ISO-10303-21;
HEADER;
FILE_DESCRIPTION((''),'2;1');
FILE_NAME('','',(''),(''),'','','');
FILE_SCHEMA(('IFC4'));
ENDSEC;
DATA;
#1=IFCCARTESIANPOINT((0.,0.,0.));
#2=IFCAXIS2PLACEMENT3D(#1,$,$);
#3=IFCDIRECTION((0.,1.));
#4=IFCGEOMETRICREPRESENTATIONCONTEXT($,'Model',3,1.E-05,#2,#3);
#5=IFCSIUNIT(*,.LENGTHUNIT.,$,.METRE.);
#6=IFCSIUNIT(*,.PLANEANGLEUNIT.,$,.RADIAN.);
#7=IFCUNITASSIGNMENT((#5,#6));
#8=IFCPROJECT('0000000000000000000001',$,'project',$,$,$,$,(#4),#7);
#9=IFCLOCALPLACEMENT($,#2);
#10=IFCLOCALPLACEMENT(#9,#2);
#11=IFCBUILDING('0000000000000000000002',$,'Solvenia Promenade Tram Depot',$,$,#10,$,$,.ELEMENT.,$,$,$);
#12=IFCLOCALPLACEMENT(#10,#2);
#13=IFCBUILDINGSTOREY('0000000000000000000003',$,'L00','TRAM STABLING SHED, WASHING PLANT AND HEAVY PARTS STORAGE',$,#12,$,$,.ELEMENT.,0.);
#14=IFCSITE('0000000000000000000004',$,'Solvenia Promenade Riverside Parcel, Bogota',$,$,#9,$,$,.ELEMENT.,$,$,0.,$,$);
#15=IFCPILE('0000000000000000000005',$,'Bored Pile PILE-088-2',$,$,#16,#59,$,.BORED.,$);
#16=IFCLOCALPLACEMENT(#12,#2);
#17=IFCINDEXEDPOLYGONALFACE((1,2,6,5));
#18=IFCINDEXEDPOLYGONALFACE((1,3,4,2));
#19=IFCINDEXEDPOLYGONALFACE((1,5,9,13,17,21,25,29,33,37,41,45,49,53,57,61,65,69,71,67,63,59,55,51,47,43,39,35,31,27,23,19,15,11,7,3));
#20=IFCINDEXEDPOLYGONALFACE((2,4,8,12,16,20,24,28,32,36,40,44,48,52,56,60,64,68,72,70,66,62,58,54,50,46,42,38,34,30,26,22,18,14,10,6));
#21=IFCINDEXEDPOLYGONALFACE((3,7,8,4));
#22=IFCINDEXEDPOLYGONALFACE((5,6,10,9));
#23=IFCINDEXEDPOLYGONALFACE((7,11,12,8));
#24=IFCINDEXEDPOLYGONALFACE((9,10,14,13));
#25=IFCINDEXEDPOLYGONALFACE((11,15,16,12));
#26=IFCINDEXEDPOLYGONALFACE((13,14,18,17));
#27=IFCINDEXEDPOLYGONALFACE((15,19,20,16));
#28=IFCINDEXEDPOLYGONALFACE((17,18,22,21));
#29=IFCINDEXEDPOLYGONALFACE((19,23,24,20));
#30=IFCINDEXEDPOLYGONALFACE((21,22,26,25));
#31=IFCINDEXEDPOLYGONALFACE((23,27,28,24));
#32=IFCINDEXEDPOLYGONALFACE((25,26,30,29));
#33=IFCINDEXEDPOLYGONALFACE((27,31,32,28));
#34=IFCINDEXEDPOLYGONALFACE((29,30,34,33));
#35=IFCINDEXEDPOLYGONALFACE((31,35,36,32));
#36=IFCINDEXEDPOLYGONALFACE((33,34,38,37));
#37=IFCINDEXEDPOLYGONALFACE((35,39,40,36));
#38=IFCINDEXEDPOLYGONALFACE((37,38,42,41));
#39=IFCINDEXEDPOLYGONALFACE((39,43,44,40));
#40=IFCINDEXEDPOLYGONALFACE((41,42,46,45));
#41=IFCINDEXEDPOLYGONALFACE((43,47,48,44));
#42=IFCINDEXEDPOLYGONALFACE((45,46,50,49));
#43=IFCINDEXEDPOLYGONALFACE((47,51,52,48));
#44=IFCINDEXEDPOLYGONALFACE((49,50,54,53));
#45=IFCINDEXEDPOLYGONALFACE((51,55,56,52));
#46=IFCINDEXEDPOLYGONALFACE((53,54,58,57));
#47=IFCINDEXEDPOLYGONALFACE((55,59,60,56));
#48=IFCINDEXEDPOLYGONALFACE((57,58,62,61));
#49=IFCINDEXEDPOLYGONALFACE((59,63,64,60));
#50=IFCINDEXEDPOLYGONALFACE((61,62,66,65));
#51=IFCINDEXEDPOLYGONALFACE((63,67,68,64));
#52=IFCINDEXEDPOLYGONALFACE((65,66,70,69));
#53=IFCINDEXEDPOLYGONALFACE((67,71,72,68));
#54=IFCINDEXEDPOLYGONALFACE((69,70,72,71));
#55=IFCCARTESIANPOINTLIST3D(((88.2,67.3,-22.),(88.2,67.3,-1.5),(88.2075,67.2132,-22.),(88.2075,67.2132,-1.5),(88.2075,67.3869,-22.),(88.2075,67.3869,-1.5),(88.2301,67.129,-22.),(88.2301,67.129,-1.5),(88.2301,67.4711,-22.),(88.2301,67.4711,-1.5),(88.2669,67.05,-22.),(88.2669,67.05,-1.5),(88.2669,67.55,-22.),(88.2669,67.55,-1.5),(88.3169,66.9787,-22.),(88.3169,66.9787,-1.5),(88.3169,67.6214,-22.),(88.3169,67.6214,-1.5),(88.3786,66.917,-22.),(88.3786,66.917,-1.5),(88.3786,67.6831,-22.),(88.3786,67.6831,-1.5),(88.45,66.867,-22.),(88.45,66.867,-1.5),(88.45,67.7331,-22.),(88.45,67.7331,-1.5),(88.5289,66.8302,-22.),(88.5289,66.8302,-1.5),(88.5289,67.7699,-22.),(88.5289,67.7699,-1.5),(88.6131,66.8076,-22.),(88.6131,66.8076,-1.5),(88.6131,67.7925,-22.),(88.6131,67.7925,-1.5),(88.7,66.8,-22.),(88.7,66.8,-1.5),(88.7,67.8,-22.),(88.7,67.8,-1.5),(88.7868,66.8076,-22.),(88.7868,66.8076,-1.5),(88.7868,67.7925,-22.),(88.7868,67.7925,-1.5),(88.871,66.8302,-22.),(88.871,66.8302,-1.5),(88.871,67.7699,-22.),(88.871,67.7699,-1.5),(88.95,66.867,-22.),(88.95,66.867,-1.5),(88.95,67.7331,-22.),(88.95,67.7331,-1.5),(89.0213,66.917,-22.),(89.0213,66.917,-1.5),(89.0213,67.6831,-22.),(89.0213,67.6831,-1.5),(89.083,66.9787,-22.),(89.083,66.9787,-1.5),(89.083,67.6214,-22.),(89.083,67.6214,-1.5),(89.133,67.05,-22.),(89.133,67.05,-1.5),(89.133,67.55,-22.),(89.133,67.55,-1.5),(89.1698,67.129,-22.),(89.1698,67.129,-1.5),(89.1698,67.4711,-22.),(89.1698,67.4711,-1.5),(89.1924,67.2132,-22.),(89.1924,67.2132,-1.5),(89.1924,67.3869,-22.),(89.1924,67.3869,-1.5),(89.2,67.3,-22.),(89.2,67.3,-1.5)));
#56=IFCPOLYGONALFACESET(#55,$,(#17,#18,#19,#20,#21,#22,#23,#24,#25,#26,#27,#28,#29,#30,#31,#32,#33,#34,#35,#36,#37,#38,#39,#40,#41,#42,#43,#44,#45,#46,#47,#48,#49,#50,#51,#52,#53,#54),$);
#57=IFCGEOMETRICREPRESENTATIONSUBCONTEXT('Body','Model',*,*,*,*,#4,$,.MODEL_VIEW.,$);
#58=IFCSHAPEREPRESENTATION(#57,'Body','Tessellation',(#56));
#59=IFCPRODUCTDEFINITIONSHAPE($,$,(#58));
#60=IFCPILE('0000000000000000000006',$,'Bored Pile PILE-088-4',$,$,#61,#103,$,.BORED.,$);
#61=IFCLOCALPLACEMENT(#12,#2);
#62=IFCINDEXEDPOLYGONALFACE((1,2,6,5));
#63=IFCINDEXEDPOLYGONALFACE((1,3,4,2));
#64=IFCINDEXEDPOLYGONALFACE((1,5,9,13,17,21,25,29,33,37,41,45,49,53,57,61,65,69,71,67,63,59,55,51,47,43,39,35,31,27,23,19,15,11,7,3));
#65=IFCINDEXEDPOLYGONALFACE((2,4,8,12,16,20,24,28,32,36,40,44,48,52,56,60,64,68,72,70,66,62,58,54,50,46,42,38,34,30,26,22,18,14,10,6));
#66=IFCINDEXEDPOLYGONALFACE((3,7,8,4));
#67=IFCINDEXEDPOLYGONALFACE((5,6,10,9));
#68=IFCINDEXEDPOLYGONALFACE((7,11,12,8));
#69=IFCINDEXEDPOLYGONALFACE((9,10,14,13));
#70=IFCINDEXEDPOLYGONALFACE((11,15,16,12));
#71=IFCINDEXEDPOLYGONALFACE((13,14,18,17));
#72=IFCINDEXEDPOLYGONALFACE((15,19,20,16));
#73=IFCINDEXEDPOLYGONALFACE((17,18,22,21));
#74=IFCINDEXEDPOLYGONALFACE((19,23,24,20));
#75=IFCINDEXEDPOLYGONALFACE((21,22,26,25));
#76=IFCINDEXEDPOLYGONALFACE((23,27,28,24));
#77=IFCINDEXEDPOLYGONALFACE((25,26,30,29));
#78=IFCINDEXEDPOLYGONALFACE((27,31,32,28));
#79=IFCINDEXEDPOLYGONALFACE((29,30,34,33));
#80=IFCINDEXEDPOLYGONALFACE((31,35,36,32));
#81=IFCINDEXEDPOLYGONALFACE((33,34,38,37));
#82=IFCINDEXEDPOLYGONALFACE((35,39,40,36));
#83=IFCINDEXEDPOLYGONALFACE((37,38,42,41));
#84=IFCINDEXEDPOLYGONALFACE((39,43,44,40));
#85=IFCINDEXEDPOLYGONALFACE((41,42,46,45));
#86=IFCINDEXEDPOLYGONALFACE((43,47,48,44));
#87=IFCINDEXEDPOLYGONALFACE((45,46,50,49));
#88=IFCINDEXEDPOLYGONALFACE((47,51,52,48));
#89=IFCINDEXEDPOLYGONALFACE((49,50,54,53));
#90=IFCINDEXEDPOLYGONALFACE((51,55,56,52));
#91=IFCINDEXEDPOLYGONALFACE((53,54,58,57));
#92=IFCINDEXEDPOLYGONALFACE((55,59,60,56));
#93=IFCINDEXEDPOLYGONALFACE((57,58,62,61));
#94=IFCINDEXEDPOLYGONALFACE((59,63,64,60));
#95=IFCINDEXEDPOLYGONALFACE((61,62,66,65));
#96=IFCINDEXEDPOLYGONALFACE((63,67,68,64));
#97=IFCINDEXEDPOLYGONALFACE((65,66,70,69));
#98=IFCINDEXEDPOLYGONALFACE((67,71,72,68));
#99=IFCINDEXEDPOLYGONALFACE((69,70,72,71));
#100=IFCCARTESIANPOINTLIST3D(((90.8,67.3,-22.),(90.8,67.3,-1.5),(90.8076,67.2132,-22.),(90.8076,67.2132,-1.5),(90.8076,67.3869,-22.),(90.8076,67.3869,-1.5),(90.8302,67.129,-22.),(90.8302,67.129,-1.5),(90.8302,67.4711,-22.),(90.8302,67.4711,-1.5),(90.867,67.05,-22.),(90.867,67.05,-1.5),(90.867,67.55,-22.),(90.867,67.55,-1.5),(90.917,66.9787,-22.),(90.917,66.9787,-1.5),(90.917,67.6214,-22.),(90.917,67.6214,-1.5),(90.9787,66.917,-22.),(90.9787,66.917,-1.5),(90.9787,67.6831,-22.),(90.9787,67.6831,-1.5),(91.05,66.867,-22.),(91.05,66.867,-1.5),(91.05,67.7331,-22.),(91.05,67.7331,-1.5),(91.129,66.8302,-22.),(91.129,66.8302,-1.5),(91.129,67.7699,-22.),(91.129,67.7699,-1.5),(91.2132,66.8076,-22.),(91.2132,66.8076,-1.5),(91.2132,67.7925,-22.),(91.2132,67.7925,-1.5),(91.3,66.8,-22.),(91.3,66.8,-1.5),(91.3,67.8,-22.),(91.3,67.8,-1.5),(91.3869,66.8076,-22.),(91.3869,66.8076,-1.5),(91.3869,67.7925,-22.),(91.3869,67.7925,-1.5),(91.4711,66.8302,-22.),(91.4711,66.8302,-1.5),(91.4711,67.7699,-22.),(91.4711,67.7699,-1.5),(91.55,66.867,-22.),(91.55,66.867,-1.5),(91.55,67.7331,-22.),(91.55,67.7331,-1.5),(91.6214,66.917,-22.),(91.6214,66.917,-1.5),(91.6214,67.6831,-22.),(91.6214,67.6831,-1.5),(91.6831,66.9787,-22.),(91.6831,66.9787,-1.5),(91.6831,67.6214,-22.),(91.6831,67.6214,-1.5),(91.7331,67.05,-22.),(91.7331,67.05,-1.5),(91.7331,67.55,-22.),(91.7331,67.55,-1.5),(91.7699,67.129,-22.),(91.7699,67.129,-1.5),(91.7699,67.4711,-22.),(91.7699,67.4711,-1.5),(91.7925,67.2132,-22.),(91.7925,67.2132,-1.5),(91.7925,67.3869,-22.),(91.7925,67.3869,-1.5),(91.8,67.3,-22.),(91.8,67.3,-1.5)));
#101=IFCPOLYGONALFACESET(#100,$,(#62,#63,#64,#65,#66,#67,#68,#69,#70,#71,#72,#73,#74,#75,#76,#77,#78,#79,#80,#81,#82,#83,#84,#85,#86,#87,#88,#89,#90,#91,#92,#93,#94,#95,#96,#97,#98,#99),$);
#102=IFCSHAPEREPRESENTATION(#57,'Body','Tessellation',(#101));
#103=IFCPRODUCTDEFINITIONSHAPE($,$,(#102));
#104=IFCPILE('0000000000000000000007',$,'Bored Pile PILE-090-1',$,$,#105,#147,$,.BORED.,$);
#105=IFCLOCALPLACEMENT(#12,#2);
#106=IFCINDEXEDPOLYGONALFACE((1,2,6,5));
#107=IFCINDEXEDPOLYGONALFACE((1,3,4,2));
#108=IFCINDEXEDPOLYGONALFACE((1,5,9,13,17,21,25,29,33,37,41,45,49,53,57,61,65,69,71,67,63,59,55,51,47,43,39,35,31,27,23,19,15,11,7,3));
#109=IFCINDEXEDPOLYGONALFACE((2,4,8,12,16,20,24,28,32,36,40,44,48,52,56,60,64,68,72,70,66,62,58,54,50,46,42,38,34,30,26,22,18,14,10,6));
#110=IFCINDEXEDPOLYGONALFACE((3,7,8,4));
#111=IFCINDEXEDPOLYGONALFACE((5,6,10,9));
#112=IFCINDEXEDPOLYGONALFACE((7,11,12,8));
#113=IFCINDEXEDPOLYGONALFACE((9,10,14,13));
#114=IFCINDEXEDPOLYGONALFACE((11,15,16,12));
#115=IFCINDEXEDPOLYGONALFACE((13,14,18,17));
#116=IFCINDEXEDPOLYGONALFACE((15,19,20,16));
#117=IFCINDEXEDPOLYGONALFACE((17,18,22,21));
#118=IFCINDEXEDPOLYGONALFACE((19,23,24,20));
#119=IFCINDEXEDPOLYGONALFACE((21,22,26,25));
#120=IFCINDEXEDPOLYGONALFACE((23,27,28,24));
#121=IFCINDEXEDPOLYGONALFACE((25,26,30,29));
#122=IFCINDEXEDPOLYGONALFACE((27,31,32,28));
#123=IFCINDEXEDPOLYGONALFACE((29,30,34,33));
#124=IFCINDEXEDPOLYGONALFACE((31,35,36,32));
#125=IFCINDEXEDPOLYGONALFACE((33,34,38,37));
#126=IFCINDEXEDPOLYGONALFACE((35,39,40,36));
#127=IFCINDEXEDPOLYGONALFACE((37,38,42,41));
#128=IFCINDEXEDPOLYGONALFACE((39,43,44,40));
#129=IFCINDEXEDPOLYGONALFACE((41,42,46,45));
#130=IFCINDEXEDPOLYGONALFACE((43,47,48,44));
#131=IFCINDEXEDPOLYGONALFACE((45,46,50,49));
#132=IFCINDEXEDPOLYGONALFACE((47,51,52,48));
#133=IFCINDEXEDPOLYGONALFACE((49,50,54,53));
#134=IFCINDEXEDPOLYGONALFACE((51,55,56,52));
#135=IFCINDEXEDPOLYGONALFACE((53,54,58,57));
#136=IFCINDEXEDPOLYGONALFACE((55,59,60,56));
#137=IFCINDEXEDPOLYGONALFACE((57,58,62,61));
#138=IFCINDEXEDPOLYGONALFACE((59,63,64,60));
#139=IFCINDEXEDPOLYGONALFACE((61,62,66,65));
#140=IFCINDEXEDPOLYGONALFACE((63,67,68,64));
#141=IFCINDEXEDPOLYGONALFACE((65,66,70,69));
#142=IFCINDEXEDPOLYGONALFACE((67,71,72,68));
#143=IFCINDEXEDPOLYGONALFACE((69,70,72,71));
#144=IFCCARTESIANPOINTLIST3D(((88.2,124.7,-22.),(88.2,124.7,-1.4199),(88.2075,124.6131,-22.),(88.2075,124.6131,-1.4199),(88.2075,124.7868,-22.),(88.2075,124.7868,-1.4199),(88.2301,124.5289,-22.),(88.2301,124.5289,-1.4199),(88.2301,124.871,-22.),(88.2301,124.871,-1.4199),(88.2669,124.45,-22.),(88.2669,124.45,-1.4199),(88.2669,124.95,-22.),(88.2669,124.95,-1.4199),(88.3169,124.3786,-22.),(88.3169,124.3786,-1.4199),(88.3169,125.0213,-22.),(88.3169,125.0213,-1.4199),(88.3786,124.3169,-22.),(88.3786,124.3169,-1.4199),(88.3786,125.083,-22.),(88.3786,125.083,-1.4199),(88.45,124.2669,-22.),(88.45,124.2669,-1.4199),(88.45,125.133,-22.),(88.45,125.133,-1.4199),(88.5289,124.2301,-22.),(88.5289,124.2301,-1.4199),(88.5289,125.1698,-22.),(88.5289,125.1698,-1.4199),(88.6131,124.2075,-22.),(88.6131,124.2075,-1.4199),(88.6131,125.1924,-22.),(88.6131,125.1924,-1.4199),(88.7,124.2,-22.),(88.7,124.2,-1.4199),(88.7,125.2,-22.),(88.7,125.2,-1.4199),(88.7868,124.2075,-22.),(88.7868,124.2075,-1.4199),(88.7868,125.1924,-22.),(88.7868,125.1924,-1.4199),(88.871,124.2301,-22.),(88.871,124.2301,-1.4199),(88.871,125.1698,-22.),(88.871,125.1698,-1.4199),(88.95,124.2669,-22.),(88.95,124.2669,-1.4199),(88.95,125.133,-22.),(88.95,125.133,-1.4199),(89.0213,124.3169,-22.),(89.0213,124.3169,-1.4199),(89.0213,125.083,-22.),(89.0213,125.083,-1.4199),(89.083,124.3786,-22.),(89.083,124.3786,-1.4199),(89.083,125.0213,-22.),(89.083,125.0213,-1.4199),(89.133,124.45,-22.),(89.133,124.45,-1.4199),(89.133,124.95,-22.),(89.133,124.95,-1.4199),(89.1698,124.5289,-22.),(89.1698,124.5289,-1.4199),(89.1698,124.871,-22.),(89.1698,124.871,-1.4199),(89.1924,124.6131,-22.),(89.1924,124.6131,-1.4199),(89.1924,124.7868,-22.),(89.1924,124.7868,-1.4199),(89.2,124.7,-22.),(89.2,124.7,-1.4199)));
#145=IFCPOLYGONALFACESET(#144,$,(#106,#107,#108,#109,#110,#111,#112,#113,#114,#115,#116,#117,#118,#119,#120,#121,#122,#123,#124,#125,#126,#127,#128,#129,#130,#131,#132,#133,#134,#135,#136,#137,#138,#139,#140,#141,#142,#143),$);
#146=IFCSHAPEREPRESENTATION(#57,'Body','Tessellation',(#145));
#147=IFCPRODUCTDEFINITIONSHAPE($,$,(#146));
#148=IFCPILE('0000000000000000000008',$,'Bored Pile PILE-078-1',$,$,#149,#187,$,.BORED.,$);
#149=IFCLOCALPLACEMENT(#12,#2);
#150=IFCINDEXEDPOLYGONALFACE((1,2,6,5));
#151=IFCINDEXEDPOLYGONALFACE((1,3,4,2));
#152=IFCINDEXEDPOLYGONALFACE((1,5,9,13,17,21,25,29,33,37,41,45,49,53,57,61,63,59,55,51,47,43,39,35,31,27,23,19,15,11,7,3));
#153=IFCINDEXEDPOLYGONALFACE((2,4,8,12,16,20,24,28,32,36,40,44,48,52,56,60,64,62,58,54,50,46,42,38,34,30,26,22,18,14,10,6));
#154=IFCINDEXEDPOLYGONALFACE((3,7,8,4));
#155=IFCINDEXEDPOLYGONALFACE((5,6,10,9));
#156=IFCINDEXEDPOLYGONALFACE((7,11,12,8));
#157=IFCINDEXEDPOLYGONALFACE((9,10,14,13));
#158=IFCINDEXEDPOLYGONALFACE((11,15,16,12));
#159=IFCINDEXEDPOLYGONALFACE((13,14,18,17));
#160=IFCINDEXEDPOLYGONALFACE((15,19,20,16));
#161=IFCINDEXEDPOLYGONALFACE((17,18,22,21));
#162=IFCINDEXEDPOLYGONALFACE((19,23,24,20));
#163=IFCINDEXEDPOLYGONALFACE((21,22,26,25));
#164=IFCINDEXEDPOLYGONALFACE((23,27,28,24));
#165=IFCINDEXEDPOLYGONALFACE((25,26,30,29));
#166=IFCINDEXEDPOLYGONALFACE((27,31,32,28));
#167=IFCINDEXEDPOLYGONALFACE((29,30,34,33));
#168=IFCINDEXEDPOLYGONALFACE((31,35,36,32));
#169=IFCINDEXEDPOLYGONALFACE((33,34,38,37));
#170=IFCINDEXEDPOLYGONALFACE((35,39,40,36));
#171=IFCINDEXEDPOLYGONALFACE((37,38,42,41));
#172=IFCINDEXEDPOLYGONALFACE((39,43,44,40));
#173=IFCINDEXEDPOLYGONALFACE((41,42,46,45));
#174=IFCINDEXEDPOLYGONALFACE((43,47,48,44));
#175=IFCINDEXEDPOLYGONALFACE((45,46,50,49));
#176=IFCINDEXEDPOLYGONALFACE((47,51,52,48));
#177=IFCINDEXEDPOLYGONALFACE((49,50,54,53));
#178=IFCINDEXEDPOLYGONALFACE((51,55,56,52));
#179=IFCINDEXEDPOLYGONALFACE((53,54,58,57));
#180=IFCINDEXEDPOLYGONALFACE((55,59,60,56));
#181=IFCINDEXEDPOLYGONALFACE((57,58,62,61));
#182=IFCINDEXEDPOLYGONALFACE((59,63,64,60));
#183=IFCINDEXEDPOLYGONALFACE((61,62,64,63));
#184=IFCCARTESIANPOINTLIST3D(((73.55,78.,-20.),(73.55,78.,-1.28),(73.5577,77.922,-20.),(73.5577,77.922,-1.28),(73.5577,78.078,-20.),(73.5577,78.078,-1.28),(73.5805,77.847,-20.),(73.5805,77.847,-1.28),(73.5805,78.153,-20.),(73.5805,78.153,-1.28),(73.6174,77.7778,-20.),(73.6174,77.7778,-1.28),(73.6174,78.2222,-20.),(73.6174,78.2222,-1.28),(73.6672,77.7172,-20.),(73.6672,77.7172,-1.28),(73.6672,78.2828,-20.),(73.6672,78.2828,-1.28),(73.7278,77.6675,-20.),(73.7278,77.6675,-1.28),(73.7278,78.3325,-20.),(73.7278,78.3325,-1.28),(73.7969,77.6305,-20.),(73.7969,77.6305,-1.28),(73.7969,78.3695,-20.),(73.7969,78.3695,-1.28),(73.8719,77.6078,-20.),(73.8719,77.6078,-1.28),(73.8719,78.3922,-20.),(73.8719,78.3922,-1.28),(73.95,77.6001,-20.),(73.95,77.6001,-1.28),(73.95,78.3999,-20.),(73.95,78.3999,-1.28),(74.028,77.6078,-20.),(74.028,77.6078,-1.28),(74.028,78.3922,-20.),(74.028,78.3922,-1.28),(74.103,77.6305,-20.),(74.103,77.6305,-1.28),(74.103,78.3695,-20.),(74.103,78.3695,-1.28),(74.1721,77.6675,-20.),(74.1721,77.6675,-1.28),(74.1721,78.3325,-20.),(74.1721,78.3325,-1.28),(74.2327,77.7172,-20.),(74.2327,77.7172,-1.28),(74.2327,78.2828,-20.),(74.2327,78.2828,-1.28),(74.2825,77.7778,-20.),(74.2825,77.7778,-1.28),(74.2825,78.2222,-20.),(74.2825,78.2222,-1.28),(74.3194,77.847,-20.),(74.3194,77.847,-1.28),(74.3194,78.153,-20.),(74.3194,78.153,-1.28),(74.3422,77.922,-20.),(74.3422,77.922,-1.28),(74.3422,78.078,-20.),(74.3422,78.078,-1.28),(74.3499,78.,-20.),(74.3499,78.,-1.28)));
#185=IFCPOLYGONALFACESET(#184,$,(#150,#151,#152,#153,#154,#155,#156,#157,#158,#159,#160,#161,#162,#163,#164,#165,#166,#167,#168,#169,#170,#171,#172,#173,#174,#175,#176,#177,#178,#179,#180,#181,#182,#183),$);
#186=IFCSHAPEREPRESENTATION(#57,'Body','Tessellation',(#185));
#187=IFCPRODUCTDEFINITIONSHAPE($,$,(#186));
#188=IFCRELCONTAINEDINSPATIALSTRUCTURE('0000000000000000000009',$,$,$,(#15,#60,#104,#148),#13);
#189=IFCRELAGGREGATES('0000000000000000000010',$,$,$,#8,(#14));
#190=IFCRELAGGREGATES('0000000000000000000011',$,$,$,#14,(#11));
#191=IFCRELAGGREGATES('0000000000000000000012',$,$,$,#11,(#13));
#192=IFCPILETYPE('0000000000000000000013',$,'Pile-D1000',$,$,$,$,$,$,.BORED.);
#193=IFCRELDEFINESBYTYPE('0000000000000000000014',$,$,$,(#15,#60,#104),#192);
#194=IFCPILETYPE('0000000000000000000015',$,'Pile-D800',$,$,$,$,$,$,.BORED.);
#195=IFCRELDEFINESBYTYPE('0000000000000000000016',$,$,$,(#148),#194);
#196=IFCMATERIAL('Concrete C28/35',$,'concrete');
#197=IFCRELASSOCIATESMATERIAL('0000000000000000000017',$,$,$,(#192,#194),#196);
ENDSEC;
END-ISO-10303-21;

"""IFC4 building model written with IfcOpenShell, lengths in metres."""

from ifc_helpers import new_model, si_unit, direction, frame, origin, origin_2d, place, context, subcontext, project, spatial, circle, extrude, material, material_profile, profile_set, type_object, element, save


model = new_model("IFC4")

# Units and contexts
model_context = context("Model", 3, precision=1e-05, world=origin(), true_north=direction((0.0, 1.0)))
body_context = subcontext(model_context, "Body", "Model", "MODEL_VIEW")
ifc_project = project(units=[si_unit("LENGTHUNIT", "METRE"), si_unit("PLANEANGLEUNIT", "RADIAN")], contexts=[model_context])

# Site, building, storey
site_placement = place(None, origin())
site = spatial("IfcSite", under=ifc_project, at=site_placement, Name="Solvenia Promenade Riverside Parcel, Bogota", CompositionType="ELEMENT", RefElevation=0.0)
building_placement = place(site_placement, origin())
building = spatial("IfcBuilding", under=site, at=building_placement, Name="Solvenia Promenade Tram Depot", CompositionType="ELEMENT")
storey_placement = place(building_placement, origin())
storey = spatial("IfcBuildingStorey", under=building, at=storey_placement, Name="L00", Description="TRAM STABLING SHED, WASHING PLANT AND HEAVY PARTS STORAGE", CompositionType="ELEMENT", Elevation=0.0)

# Shared definitions
ifc_material_1 = material(Name="Concrete C28/35", Category="concrete")

# Piles
ifc_material_profile_1 = material_profile(ifc_material_1, circle(Radius=0.5, at=origin_2d()), Name="D1000", Category="concrete")
ifc_profile_set_1 = profile_set([ifc_material_profile_1], Name="Concrete C28/35")
pile_type_1 = type_object("IfcPileType", Name="Pile-D1000", PredefinedType="BORED", material=ifc_profile_set_1)
for number, where, z_axis, x_axis, name in (
    (1, (88.7, 67.3, -1.5), (0.0, 0.0, -1.0), (1.0, 0.0, 0.0), "Bored Pile PILE-088-2"),
    (2, (91.3, 67.3, -1.5), (0.0, 0.0, -1.0), (1.0, 0.0, 0.0), "Bored Pile PILE-088-4"),
):
    element("IfcPile", number, at=place(storey_placement, frame(where, z_axis=z_axis, x_axis=x_axis)), inside=storey, type_object=pile_type_1, Name=name, PredefinedType="BORED", context=body_context, shape_type="SweptSolid", body=[
        extrude(circle(Radius=0.5, at=origin_2d()), origin(), (0.0, 0.0, 1.0), 20.5),
    ])
pile_placement = place(storey_placement, frame((88.7, 124.7, -1.4199), z_axis=(0.0, 0.0, -1.0), x_axis=(1.0, 0.0, 0.0)))
element("IfcPile", 3, at=pile_placement, inside=storey, type_object=pile_type_1, Name="Bored Pile PILE-090-1", PredefinedType="BORED", context=body_context, shape_type="SweptSolid", body=[
    extrude(circle(Radius=0.5, at=origin_2d()), origin(), (0.0, 0.0, 1.0), 20.5801),
])
ifc_material_profile_2 = material_profile(ifc_material_1, circle(Radius=0.3999, at=origin_2d()), Name="D800", Category="concrete")
ifc_profile_set_2 = profile_set([ifc_material_profile_2], Name="Concrete C28/35")
pile_type_2 = type_object("IfcPileType", Name="Pile-D800", PredefinedType="BORED", material=ifc_profile_set_2)
for number, where, z_axis, x_axis, name in (
    (4, (73.95, 78.0, -1.28), (0.0, 0.0, -1.0), (1.0, 0.0, 0.0), "Bored Pile PILE-078-1"),
):
    element("IfcPile", number, at=place(storey_placement, frame(where, z_axis=z_axis, x_axis=x_axis)), inside=storey, type_object=pile_type_2, Name=name, PredefinedType="BORED", context=body_context, shape_type="SweptSolid", body=[
        extrude(circle(Radius=0.3999, at=origin_2d()), origin(), (0.0, 0.0, 1.0), 18.72),
    ])

save(model, "model.ifc")
